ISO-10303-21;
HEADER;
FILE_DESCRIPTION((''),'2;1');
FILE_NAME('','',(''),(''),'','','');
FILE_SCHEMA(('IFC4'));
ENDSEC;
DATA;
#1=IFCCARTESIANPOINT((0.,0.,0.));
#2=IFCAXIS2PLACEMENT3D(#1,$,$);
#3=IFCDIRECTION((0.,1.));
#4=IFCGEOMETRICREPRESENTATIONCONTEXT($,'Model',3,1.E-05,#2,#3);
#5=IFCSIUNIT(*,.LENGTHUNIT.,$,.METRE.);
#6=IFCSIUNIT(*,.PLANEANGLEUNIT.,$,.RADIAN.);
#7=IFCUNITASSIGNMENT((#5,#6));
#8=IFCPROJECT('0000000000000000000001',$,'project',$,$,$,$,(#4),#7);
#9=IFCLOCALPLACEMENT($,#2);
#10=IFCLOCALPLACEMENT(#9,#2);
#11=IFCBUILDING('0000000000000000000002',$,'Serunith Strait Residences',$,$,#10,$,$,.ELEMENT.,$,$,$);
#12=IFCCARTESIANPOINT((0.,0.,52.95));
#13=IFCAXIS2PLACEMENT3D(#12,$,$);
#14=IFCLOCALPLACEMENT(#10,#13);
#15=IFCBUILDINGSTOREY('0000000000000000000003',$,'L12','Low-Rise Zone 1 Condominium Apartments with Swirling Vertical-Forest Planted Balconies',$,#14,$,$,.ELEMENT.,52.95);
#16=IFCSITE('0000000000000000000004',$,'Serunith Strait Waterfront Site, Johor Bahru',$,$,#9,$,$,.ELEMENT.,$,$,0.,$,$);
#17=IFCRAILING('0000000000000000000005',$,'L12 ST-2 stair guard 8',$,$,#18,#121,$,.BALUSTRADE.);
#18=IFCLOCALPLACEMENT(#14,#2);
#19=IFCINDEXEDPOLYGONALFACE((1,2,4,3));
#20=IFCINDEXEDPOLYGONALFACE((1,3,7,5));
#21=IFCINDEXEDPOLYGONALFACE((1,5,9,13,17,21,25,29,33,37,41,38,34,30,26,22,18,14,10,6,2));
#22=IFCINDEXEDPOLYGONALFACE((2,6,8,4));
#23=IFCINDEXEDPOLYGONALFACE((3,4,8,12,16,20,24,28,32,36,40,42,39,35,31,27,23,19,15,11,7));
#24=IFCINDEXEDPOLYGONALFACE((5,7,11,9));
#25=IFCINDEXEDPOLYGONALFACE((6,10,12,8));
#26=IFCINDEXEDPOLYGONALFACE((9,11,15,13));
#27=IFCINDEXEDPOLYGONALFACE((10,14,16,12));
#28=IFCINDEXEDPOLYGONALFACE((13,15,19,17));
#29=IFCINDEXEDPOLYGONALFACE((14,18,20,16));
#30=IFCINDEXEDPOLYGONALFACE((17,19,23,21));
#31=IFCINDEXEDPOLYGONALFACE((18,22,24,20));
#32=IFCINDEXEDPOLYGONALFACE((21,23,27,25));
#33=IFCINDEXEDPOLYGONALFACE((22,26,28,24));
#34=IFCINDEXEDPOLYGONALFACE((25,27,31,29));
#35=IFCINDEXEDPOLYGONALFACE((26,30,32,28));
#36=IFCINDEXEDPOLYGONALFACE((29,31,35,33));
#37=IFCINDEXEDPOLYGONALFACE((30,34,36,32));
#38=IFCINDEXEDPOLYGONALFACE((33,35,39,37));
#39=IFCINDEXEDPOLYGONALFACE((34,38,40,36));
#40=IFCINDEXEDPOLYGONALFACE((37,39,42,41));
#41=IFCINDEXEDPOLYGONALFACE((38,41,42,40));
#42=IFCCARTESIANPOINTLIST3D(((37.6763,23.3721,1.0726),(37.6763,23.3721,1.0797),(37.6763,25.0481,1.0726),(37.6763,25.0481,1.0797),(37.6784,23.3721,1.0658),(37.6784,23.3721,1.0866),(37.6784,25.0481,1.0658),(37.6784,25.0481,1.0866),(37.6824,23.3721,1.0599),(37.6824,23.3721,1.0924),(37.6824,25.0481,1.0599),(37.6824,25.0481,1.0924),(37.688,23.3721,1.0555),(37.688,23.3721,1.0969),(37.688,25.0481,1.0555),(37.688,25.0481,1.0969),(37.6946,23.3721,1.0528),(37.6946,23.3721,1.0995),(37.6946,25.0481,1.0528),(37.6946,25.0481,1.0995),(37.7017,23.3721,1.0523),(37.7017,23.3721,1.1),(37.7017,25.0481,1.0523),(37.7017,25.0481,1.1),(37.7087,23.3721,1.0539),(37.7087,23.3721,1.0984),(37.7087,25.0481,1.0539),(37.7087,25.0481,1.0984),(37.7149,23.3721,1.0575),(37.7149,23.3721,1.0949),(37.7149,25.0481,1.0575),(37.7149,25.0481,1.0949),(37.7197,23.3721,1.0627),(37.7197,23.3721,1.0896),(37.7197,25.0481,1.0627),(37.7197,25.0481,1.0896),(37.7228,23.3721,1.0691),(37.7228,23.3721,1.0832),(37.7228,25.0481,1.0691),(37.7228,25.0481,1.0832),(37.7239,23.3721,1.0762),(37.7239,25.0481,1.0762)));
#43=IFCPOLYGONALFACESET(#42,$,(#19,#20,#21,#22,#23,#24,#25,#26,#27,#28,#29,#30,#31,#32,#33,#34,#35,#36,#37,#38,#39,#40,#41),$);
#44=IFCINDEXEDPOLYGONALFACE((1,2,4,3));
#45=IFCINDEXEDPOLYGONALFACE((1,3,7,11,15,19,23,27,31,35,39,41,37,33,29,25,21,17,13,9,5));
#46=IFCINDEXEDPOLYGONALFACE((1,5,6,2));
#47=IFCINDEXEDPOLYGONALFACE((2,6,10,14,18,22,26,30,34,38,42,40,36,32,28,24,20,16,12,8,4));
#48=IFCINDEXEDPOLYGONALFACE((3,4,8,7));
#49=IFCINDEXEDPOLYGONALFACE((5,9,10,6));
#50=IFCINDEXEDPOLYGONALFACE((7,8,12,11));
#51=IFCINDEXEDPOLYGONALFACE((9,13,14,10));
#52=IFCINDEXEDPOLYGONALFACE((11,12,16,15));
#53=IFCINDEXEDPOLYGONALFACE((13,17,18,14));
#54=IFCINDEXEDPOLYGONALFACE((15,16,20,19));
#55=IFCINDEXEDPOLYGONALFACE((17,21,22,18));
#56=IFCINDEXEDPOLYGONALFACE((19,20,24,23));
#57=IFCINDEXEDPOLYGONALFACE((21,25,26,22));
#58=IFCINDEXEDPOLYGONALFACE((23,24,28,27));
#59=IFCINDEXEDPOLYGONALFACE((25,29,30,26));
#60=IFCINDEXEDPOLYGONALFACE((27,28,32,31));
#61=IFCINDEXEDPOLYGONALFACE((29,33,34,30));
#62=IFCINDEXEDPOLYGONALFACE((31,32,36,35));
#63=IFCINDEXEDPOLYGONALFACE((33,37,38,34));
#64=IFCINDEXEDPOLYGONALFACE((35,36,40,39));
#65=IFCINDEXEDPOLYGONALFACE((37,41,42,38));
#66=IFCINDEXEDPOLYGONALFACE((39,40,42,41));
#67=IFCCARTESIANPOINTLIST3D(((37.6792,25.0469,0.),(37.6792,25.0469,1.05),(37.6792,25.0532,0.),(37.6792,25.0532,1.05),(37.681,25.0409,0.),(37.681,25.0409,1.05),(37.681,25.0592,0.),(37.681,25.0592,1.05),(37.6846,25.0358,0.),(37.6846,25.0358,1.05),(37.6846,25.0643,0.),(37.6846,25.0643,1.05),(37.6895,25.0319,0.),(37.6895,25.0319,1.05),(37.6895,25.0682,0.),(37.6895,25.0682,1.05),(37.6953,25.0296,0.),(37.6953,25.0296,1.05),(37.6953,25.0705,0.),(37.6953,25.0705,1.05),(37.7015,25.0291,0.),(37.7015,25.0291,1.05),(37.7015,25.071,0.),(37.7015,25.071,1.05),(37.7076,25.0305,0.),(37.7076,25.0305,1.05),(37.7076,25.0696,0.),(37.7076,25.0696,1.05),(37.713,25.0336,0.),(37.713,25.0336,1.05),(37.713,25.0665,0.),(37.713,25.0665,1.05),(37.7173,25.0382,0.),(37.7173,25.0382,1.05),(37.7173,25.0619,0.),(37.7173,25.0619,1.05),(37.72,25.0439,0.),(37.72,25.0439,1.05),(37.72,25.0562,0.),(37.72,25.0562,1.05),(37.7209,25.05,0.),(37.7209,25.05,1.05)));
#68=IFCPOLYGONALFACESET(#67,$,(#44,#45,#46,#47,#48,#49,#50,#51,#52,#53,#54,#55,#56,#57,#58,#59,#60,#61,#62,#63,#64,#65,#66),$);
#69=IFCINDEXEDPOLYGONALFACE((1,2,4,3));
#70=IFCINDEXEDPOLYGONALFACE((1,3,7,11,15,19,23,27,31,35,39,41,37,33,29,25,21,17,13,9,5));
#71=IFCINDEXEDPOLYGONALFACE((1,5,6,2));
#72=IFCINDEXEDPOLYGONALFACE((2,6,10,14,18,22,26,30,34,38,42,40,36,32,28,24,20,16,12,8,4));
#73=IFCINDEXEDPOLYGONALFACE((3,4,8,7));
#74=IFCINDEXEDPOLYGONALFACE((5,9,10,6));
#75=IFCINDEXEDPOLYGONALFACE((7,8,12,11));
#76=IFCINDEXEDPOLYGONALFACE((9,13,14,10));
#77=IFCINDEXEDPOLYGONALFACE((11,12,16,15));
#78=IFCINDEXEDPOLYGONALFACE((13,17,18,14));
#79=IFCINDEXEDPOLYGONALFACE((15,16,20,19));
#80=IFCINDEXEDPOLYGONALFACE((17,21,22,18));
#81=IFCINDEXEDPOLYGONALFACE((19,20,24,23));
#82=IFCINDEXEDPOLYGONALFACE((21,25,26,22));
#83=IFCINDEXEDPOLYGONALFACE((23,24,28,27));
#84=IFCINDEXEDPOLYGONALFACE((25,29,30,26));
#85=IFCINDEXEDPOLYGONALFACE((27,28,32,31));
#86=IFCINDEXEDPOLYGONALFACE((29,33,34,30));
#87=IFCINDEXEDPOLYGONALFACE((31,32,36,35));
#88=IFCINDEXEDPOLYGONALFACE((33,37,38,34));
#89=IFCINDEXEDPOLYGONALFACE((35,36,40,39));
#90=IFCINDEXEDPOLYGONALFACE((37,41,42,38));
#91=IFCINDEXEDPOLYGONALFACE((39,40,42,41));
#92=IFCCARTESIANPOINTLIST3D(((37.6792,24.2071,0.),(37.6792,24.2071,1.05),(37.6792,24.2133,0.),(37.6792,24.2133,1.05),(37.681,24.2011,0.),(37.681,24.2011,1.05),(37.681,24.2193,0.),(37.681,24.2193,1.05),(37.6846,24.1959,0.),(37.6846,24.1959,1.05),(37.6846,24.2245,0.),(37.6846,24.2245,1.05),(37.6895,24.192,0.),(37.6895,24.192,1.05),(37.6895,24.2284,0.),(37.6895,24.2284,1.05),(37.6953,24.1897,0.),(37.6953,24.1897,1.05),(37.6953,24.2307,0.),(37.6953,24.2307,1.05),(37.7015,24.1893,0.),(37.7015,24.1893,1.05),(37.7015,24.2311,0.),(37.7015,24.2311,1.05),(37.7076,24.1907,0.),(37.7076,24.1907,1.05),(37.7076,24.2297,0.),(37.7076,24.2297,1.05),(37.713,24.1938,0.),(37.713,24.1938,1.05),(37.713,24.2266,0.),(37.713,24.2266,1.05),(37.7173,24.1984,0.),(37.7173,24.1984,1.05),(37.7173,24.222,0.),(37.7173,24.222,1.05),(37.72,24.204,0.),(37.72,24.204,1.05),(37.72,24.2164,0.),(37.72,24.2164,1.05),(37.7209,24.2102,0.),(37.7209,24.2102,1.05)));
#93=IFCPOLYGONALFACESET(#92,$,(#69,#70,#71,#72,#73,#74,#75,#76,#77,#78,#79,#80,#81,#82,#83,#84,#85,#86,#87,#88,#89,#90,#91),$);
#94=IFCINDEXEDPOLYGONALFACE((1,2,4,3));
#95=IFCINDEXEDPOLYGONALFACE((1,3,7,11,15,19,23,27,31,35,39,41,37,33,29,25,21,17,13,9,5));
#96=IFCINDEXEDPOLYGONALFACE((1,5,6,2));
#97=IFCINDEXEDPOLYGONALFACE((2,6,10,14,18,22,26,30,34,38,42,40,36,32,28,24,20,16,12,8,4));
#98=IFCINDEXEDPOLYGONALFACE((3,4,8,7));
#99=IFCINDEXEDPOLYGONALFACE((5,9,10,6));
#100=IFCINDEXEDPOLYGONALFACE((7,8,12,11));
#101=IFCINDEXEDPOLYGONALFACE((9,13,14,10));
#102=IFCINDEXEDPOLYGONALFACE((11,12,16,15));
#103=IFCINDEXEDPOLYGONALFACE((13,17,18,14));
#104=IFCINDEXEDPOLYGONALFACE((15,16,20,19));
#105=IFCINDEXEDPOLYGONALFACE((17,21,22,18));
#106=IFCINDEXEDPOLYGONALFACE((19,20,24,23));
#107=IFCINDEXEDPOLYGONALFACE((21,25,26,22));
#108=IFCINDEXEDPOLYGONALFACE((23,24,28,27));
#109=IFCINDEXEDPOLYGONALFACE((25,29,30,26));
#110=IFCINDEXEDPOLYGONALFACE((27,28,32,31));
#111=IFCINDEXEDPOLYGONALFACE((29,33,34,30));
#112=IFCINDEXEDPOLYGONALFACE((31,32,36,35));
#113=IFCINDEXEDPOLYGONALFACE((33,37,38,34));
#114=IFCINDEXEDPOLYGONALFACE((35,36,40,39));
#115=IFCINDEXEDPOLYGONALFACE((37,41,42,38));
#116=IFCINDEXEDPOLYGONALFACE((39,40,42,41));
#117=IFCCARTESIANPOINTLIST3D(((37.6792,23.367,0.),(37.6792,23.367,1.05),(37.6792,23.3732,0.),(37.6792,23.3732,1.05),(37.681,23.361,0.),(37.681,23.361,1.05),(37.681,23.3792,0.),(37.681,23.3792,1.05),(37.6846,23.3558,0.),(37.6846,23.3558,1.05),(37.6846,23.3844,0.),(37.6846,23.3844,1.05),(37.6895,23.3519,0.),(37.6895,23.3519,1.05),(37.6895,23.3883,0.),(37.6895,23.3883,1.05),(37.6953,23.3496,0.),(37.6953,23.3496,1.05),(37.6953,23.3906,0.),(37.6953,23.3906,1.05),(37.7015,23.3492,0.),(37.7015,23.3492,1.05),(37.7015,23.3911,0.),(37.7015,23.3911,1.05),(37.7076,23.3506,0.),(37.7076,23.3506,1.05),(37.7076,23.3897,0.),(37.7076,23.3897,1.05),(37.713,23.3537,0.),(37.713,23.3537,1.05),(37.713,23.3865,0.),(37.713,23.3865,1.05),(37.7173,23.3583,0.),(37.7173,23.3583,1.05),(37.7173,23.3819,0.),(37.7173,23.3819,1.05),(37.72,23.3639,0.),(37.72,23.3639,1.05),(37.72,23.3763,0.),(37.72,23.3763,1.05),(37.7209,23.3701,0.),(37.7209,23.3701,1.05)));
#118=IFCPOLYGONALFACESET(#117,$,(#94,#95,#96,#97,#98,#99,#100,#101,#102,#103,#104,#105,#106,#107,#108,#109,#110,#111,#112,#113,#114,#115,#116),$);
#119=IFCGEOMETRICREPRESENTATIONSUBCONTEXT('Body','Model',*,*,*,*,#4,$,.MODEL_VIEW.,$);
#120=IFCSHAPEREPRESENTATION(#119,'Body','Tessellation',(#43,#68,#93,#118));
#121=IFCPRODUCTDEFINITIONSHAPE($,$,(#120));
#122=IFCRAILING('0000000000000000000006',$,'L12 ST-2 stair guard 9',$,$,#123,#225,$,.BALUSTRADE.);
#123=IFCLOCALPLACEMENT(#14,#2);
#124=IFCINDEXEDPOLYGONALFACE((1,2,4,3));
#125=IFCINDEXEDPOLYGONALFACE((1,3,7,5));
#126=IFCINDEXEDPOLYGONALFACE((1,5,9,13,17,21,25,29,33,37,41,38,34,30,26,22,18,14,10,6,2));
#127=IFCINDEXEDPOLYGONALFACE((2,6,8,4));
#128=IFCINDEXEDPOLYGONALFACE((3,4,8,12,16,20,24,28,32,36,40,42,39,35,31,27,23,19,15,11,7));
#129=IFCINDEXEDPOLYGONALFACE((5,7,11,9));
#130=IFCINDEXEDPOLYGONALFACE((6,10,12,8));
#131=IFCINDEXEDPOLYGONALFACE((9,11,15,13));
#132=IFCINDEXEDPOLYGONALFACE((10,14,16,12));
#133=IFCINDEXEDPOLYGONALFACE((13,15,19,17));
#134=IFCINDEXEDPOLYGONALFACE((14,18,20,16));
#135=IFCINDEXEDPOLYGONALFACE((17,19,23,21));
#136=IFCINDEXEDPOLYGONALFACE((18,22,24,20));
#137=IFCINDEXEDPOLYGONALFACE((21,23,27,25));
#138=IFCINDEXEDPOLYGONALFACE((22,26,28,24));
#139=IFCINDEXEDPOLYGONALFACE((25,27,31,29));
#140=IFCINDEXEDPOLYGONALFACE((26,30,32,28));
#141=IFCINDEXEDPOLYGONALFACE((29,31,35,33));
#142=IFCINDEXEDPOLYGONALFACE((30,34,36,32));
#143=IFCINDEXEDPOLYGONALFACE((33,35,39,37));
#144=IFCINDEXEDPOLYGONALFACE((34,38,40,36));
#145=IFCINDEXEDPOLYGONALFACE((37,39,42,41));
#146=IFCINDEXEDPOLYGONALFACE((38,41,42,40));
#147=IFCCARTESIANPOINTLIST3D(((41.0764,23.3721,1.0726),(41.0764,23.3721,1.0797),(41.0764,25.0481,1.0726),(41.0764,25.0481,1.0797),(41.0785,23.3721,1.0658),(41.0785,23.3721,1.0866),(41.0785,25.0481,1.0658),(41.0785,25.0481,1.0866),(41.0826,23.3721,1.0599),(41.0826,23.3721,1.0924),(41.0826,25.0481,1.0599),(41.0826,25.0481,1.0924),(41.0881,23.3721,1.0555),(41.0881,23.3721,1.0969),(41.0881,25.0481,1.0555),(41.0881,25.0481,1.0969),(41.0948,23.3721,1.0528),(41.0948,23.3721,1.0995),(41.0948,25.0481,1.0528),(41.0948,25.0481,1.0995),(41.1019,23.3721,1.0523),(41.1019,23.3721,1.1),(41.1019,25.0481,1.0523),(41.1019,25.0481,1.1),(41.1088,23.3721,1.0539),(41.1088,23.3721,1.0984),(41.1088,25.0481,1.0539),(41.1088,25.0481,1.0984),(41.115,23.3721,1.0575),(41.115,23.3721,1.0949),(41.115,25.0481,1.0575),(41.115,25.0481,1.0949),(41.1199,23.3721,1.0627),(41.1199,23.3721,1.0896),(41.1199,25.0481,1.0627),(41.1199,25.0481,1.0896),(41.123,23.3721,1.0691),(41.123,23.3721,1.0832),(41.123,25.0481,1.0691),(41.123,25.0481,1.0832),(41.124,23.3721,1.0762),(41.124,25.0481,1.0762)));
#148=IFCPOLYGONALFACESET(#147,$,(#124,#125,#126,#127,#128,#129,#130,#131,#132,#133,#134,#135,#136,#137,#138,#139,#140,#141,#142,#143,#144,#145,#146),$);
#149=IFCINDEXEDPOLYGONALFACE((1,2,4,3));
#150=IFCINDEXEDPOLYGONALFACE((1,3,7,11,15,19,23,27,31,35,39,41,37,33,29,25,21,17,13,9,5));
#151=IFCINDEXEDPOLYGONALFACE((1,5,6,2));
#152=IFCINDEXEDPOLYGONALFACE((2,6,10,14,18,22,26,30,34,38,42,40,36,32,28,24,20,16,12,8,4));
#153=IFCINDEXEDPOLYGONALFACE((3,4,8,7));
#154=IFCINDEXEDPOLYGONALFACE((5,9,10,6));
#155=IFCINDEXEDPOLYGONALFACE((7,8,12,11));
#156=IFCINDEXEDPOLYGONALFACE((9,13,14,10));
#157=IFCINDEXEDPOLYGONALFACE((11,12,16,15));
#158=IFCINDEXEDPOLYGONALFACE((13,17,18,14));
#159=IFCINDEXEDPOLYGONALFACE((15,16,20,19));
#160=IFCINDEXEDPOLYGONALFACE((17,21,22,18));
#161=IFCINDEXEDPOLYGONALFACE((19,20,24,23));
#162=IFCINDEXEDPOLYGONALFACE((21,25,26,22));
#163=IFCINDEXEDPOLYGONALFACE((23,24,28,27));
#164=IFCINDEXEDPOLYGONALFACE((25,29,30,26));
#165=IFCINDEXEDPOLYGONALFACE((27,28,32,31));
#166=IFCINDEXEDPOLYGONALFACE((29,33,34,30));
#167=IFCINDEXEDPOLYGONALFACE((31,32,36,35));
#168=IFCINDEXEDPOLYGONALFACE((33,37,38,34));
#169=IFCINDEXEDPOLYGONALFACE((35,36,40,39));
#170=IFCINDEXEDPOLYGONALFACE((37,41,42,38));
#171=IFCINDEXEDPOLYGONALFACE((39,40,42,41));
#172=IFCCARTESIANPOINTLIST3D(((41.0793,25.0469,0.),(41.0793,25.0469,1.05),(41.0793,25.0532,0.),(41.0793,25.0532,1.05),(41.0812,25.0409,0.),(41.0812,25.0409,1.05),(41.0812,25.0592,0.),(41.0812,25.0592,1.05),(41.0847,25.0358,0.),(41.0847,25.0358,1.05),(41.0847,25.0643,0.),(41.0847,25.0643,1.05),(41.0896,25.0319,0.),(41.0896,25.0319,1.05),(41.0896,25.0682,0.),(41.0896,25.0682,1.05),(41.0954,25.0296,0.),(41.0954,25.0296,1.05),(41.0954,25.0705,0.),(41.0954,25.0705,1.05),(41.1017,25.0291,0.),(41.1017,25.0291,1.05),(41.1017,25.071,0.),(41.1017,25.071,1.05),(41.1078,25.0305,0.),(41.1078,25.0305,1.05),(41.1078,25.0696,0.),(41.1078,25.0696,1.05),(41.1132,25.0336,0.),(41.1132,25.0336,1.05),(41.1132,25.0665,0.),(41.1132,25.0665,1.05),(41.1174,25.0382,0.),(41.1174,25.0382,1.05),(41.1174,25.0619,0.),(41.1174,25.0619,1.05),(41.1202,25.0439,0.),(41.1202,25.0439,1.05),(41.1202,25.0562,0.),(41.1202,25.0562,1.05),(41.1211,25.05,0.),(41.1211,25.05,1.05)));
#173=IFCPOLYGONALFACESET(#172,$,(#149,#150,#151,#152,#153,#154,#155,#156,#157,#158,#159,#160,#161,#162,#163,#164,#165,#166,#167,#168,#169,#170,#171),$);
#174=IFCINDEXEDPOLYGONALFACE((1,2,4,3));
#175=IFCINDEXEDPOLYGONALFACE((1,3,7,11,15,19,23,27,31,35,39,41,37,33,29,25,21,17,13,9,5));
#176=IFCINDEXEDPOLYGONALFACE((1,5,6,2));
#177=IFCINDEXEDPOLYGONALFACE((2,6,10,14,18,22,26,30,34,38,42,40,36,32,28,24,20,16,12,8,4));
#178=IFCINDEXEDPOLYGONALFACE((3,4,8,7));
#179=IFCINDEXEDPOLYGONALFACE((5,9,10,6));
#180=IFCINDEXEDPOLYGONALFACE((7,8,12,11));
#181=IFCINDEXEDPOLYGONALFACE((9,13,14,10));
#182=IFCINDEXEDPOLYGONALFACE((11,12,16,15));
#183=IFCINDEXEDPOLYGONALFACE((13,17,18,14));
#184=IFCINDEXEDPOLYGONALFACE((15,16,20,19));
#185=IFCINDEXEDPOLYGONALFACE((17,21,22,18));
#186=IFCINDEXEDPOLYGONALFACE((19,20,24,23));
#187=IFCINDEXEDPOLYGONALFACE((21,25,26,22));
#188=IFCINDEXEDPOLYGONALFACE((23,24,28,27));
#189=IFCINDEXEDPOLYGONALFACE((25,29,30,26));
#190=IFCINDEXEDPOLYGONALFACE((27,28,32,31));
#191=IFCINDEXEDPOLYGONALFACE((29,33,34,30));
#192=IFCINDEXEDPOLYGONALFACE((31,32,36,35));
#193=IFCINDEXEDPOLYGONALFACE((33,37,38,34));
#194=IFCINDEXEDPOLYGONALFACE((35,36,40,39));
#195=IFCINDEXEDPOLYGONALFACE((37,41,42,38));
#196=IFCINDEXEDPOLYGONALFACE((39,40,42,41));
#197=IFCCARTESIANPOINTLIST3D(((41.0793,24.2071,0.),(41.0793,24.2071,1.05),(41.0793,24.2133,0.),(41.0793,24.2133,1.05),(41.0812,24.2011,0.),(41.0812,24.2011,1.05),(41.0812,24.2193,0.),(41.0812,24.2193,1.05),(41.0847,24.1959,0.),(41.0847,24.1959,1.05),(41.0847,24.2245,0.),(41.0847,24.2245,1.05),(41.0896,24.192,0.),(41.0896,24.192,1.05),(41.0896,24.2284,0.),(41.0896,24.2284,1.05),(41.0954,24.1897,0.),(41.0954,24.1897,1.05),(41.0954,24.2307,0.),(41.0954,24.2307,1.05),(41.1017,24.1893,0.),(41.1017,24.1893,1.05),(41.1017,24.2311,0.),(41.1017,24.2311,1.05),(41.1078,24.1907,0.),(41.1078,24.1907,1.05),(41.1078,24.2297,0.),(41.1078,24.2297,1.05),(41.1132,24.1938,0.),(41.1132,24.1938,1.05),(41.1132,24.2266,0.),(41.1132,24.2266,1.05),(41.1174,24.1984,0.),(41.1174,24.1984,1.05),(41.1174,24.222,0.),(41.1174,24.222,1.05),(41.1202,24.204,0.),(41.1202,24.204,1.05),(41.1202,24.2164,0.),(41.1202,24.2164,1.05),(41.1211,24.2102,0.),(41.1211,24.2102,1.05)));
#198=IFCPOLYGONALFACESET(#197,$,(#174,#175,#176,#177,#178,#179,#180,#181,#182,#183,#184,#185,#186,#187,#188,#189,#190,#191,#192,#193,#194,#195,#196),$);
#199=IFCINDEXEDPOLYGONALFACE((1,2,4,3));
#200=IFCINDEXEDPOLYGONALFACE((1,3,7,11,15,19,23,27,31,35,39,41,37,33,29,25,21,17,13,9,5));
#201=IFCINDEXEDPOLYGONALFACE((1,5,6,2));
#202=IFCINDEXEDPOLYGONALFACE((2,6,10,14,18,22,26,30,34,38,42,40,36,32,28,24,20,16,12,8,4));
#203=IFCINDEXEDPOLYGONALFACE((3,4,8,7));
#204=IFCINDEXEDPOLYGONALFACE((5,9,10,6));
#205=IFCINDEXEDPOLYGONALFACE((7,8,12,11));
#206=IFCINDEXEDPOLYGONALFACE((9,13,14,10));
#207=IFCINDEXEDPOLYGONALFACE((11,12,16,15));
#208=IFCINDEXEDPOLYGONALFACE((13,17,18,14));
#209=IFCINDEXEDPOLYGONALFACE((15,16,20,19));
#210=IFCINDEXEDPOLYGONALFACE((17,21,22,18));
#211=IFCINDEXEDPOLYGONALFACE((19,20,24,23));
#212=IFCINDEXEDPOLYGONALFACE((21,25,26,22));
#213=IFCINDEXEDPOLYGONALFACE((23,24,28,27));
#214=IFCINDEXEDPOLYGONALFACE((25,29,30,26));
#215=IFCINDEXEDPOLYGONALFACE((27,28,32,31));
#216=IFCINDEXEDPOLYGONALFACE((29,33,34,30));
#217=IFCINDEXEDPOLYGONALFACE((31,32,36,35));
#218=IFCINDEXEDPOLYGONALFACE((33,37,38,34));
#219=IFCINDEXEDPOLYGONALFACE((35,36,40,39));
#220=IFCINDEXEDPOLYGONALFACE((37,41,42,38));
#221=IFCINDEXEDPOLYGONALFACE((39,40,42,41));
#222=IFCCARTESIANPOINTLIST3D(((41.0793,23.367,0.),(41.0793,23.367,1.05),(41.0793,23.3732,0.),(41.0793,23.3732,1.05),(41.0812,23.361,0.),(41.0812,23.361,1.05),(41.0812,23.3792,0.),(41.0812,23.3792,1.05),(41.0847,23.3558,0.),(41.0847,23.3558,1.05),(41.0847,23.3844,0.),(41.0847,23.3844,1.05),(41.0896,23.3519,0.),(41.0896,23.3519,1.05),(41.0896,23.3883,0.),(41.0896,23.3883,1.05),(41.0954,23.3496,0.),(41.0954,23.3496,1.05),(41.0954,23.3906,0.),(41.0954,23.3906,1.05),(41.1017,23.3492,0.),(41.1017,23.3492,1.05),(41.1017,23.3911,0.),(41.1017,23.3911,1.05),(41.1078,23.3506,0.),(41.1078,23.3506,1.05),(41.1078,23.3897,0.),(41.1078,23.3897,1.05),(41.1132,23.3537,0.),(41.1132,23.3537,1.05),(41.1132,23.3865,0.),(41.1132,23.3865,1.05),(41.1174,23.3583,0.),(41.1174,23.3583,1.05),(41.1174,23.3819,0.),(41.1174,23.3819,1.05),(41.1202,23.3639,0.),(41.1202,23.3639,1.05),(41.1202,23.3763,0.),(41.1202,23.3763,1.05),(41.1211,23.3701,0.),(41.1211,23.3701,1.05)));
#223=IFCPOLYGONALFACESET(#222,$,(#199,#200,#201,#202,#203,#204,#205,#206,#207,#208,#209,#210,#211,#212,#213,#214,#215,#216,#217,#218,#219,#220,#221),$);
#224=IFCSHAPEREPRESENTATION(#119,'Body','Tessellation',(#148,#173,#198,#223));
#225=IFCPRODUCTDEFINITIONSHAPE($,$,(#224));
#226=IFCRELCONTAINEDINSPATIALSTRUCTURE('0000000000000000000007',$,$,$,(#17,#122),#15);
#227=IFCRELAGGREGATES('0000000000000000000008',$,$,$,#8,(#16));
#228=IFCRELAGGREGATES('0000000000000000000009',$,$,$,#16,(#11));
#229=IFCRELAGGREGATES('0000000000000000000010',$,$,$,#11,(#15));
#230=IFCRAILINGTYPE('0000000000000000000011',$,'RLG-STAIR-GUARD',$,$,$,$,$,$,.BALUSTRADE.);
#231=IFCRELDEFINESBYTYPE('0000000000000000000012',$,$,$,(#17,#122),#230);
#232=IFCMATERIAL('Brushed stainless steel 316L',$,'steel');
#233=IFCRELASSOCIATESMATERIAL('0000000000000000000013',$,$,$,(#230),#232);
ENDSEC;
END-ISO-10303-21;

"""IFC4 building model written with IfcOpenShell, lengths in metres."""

from ifc_helpers import new_model, si_unit, direction, frame, origin, origin_2d, place, context, subcontext, project, spatial, circle, extrude, material, type_object, element, save


model = new_model("IFC4")

# Units and contexts
model_context = context("Model", 3, precision=1e-05, world=origin(), true_north=direction((0.0, 1.0)))
body_context = subcontext(model_context, "Body", "Model", "MODEL_VIEW")
ifc_project = project(units=[si_unit("LENGTHUNIT", "METRE"), si_unit("PLANEANGLEUNIT", "RADIAN")], contexts=[model_context])

# Site, building, storey
site_placement = place(None, origin())
site = spatial("IfcSite", under=ifc_project, at=site_placement, Name="Serunith Strait Waterfront Site, Johor Bahru", CompositionType="ELEMENT", RefElevation=0.0)
building_placement = place(site_placement, origin())
building = spatial("IfcBuilding", under=site, at=building_placement, Name="Serunith Strait Residences", CompositionType="ELEMENT")
storey_placement = place(building_placement, frame((0.0, 0.0, 52.95)))
storey = spatial("IfcBuildingStorey", under=building, at=storey_placement, Name="L12", Description="Low-Rise Zone 1 Condominium Apartments with Swirling Vertical-Forest Planted Balconies", CompositionType="ELEMENT", Elevation=52.95)

# Railings
ifc_material_1 = material(Name="Brushed stainless steel 316L", Category="steel")
railing_type = type_object("IfcRailingType", Name="RLG-STAIR-GUARD", PredefinedType="BALUSTRADE", material=ifc_material_1)
for number, where, name in (
    (1, (37.7, 25.05, 0.0), "L12 ST-2 stair guard 8"),
    (2, (41.1001, 25.05, 0.0), "L12 ST-2 stair guard 9"),
):
    element("IfcRailing", number, at=place(storey_placement, frame(where)), inside=storey, type_object=railing_type, Name=name, PredefinedType="BALUSTRADE", context=body_context, shape_type="SweptSolid", body=[
        extrude(circle(Radius=0.0239, at=origin_2d()), frame((0.0, -0.002, 1.0762), z_axis=(0.0, -1.0, 0.0), x_axis=(1.0, 0.0, 0.0)), (0.0, 0.0, 1.0), 1.676),
        extrude(circle(Radius=0.021, at=origin_2d()), origin(), (0.0, 0.0, 1.0), 1.05),
        extrude(circle(Radius=0.021, at=origin_2d()), frame((0.0, -0.8398, 0.0)), (0.0, 0.0, 1.0), 1.05),
        extrude(circle(Radius=0.021, at=origin_2d()), frame((0.0, -1.6799, 0.0)), (0.0, 0.0, 1.0), 1.05),
    ])

save(model, "model.ifc")
